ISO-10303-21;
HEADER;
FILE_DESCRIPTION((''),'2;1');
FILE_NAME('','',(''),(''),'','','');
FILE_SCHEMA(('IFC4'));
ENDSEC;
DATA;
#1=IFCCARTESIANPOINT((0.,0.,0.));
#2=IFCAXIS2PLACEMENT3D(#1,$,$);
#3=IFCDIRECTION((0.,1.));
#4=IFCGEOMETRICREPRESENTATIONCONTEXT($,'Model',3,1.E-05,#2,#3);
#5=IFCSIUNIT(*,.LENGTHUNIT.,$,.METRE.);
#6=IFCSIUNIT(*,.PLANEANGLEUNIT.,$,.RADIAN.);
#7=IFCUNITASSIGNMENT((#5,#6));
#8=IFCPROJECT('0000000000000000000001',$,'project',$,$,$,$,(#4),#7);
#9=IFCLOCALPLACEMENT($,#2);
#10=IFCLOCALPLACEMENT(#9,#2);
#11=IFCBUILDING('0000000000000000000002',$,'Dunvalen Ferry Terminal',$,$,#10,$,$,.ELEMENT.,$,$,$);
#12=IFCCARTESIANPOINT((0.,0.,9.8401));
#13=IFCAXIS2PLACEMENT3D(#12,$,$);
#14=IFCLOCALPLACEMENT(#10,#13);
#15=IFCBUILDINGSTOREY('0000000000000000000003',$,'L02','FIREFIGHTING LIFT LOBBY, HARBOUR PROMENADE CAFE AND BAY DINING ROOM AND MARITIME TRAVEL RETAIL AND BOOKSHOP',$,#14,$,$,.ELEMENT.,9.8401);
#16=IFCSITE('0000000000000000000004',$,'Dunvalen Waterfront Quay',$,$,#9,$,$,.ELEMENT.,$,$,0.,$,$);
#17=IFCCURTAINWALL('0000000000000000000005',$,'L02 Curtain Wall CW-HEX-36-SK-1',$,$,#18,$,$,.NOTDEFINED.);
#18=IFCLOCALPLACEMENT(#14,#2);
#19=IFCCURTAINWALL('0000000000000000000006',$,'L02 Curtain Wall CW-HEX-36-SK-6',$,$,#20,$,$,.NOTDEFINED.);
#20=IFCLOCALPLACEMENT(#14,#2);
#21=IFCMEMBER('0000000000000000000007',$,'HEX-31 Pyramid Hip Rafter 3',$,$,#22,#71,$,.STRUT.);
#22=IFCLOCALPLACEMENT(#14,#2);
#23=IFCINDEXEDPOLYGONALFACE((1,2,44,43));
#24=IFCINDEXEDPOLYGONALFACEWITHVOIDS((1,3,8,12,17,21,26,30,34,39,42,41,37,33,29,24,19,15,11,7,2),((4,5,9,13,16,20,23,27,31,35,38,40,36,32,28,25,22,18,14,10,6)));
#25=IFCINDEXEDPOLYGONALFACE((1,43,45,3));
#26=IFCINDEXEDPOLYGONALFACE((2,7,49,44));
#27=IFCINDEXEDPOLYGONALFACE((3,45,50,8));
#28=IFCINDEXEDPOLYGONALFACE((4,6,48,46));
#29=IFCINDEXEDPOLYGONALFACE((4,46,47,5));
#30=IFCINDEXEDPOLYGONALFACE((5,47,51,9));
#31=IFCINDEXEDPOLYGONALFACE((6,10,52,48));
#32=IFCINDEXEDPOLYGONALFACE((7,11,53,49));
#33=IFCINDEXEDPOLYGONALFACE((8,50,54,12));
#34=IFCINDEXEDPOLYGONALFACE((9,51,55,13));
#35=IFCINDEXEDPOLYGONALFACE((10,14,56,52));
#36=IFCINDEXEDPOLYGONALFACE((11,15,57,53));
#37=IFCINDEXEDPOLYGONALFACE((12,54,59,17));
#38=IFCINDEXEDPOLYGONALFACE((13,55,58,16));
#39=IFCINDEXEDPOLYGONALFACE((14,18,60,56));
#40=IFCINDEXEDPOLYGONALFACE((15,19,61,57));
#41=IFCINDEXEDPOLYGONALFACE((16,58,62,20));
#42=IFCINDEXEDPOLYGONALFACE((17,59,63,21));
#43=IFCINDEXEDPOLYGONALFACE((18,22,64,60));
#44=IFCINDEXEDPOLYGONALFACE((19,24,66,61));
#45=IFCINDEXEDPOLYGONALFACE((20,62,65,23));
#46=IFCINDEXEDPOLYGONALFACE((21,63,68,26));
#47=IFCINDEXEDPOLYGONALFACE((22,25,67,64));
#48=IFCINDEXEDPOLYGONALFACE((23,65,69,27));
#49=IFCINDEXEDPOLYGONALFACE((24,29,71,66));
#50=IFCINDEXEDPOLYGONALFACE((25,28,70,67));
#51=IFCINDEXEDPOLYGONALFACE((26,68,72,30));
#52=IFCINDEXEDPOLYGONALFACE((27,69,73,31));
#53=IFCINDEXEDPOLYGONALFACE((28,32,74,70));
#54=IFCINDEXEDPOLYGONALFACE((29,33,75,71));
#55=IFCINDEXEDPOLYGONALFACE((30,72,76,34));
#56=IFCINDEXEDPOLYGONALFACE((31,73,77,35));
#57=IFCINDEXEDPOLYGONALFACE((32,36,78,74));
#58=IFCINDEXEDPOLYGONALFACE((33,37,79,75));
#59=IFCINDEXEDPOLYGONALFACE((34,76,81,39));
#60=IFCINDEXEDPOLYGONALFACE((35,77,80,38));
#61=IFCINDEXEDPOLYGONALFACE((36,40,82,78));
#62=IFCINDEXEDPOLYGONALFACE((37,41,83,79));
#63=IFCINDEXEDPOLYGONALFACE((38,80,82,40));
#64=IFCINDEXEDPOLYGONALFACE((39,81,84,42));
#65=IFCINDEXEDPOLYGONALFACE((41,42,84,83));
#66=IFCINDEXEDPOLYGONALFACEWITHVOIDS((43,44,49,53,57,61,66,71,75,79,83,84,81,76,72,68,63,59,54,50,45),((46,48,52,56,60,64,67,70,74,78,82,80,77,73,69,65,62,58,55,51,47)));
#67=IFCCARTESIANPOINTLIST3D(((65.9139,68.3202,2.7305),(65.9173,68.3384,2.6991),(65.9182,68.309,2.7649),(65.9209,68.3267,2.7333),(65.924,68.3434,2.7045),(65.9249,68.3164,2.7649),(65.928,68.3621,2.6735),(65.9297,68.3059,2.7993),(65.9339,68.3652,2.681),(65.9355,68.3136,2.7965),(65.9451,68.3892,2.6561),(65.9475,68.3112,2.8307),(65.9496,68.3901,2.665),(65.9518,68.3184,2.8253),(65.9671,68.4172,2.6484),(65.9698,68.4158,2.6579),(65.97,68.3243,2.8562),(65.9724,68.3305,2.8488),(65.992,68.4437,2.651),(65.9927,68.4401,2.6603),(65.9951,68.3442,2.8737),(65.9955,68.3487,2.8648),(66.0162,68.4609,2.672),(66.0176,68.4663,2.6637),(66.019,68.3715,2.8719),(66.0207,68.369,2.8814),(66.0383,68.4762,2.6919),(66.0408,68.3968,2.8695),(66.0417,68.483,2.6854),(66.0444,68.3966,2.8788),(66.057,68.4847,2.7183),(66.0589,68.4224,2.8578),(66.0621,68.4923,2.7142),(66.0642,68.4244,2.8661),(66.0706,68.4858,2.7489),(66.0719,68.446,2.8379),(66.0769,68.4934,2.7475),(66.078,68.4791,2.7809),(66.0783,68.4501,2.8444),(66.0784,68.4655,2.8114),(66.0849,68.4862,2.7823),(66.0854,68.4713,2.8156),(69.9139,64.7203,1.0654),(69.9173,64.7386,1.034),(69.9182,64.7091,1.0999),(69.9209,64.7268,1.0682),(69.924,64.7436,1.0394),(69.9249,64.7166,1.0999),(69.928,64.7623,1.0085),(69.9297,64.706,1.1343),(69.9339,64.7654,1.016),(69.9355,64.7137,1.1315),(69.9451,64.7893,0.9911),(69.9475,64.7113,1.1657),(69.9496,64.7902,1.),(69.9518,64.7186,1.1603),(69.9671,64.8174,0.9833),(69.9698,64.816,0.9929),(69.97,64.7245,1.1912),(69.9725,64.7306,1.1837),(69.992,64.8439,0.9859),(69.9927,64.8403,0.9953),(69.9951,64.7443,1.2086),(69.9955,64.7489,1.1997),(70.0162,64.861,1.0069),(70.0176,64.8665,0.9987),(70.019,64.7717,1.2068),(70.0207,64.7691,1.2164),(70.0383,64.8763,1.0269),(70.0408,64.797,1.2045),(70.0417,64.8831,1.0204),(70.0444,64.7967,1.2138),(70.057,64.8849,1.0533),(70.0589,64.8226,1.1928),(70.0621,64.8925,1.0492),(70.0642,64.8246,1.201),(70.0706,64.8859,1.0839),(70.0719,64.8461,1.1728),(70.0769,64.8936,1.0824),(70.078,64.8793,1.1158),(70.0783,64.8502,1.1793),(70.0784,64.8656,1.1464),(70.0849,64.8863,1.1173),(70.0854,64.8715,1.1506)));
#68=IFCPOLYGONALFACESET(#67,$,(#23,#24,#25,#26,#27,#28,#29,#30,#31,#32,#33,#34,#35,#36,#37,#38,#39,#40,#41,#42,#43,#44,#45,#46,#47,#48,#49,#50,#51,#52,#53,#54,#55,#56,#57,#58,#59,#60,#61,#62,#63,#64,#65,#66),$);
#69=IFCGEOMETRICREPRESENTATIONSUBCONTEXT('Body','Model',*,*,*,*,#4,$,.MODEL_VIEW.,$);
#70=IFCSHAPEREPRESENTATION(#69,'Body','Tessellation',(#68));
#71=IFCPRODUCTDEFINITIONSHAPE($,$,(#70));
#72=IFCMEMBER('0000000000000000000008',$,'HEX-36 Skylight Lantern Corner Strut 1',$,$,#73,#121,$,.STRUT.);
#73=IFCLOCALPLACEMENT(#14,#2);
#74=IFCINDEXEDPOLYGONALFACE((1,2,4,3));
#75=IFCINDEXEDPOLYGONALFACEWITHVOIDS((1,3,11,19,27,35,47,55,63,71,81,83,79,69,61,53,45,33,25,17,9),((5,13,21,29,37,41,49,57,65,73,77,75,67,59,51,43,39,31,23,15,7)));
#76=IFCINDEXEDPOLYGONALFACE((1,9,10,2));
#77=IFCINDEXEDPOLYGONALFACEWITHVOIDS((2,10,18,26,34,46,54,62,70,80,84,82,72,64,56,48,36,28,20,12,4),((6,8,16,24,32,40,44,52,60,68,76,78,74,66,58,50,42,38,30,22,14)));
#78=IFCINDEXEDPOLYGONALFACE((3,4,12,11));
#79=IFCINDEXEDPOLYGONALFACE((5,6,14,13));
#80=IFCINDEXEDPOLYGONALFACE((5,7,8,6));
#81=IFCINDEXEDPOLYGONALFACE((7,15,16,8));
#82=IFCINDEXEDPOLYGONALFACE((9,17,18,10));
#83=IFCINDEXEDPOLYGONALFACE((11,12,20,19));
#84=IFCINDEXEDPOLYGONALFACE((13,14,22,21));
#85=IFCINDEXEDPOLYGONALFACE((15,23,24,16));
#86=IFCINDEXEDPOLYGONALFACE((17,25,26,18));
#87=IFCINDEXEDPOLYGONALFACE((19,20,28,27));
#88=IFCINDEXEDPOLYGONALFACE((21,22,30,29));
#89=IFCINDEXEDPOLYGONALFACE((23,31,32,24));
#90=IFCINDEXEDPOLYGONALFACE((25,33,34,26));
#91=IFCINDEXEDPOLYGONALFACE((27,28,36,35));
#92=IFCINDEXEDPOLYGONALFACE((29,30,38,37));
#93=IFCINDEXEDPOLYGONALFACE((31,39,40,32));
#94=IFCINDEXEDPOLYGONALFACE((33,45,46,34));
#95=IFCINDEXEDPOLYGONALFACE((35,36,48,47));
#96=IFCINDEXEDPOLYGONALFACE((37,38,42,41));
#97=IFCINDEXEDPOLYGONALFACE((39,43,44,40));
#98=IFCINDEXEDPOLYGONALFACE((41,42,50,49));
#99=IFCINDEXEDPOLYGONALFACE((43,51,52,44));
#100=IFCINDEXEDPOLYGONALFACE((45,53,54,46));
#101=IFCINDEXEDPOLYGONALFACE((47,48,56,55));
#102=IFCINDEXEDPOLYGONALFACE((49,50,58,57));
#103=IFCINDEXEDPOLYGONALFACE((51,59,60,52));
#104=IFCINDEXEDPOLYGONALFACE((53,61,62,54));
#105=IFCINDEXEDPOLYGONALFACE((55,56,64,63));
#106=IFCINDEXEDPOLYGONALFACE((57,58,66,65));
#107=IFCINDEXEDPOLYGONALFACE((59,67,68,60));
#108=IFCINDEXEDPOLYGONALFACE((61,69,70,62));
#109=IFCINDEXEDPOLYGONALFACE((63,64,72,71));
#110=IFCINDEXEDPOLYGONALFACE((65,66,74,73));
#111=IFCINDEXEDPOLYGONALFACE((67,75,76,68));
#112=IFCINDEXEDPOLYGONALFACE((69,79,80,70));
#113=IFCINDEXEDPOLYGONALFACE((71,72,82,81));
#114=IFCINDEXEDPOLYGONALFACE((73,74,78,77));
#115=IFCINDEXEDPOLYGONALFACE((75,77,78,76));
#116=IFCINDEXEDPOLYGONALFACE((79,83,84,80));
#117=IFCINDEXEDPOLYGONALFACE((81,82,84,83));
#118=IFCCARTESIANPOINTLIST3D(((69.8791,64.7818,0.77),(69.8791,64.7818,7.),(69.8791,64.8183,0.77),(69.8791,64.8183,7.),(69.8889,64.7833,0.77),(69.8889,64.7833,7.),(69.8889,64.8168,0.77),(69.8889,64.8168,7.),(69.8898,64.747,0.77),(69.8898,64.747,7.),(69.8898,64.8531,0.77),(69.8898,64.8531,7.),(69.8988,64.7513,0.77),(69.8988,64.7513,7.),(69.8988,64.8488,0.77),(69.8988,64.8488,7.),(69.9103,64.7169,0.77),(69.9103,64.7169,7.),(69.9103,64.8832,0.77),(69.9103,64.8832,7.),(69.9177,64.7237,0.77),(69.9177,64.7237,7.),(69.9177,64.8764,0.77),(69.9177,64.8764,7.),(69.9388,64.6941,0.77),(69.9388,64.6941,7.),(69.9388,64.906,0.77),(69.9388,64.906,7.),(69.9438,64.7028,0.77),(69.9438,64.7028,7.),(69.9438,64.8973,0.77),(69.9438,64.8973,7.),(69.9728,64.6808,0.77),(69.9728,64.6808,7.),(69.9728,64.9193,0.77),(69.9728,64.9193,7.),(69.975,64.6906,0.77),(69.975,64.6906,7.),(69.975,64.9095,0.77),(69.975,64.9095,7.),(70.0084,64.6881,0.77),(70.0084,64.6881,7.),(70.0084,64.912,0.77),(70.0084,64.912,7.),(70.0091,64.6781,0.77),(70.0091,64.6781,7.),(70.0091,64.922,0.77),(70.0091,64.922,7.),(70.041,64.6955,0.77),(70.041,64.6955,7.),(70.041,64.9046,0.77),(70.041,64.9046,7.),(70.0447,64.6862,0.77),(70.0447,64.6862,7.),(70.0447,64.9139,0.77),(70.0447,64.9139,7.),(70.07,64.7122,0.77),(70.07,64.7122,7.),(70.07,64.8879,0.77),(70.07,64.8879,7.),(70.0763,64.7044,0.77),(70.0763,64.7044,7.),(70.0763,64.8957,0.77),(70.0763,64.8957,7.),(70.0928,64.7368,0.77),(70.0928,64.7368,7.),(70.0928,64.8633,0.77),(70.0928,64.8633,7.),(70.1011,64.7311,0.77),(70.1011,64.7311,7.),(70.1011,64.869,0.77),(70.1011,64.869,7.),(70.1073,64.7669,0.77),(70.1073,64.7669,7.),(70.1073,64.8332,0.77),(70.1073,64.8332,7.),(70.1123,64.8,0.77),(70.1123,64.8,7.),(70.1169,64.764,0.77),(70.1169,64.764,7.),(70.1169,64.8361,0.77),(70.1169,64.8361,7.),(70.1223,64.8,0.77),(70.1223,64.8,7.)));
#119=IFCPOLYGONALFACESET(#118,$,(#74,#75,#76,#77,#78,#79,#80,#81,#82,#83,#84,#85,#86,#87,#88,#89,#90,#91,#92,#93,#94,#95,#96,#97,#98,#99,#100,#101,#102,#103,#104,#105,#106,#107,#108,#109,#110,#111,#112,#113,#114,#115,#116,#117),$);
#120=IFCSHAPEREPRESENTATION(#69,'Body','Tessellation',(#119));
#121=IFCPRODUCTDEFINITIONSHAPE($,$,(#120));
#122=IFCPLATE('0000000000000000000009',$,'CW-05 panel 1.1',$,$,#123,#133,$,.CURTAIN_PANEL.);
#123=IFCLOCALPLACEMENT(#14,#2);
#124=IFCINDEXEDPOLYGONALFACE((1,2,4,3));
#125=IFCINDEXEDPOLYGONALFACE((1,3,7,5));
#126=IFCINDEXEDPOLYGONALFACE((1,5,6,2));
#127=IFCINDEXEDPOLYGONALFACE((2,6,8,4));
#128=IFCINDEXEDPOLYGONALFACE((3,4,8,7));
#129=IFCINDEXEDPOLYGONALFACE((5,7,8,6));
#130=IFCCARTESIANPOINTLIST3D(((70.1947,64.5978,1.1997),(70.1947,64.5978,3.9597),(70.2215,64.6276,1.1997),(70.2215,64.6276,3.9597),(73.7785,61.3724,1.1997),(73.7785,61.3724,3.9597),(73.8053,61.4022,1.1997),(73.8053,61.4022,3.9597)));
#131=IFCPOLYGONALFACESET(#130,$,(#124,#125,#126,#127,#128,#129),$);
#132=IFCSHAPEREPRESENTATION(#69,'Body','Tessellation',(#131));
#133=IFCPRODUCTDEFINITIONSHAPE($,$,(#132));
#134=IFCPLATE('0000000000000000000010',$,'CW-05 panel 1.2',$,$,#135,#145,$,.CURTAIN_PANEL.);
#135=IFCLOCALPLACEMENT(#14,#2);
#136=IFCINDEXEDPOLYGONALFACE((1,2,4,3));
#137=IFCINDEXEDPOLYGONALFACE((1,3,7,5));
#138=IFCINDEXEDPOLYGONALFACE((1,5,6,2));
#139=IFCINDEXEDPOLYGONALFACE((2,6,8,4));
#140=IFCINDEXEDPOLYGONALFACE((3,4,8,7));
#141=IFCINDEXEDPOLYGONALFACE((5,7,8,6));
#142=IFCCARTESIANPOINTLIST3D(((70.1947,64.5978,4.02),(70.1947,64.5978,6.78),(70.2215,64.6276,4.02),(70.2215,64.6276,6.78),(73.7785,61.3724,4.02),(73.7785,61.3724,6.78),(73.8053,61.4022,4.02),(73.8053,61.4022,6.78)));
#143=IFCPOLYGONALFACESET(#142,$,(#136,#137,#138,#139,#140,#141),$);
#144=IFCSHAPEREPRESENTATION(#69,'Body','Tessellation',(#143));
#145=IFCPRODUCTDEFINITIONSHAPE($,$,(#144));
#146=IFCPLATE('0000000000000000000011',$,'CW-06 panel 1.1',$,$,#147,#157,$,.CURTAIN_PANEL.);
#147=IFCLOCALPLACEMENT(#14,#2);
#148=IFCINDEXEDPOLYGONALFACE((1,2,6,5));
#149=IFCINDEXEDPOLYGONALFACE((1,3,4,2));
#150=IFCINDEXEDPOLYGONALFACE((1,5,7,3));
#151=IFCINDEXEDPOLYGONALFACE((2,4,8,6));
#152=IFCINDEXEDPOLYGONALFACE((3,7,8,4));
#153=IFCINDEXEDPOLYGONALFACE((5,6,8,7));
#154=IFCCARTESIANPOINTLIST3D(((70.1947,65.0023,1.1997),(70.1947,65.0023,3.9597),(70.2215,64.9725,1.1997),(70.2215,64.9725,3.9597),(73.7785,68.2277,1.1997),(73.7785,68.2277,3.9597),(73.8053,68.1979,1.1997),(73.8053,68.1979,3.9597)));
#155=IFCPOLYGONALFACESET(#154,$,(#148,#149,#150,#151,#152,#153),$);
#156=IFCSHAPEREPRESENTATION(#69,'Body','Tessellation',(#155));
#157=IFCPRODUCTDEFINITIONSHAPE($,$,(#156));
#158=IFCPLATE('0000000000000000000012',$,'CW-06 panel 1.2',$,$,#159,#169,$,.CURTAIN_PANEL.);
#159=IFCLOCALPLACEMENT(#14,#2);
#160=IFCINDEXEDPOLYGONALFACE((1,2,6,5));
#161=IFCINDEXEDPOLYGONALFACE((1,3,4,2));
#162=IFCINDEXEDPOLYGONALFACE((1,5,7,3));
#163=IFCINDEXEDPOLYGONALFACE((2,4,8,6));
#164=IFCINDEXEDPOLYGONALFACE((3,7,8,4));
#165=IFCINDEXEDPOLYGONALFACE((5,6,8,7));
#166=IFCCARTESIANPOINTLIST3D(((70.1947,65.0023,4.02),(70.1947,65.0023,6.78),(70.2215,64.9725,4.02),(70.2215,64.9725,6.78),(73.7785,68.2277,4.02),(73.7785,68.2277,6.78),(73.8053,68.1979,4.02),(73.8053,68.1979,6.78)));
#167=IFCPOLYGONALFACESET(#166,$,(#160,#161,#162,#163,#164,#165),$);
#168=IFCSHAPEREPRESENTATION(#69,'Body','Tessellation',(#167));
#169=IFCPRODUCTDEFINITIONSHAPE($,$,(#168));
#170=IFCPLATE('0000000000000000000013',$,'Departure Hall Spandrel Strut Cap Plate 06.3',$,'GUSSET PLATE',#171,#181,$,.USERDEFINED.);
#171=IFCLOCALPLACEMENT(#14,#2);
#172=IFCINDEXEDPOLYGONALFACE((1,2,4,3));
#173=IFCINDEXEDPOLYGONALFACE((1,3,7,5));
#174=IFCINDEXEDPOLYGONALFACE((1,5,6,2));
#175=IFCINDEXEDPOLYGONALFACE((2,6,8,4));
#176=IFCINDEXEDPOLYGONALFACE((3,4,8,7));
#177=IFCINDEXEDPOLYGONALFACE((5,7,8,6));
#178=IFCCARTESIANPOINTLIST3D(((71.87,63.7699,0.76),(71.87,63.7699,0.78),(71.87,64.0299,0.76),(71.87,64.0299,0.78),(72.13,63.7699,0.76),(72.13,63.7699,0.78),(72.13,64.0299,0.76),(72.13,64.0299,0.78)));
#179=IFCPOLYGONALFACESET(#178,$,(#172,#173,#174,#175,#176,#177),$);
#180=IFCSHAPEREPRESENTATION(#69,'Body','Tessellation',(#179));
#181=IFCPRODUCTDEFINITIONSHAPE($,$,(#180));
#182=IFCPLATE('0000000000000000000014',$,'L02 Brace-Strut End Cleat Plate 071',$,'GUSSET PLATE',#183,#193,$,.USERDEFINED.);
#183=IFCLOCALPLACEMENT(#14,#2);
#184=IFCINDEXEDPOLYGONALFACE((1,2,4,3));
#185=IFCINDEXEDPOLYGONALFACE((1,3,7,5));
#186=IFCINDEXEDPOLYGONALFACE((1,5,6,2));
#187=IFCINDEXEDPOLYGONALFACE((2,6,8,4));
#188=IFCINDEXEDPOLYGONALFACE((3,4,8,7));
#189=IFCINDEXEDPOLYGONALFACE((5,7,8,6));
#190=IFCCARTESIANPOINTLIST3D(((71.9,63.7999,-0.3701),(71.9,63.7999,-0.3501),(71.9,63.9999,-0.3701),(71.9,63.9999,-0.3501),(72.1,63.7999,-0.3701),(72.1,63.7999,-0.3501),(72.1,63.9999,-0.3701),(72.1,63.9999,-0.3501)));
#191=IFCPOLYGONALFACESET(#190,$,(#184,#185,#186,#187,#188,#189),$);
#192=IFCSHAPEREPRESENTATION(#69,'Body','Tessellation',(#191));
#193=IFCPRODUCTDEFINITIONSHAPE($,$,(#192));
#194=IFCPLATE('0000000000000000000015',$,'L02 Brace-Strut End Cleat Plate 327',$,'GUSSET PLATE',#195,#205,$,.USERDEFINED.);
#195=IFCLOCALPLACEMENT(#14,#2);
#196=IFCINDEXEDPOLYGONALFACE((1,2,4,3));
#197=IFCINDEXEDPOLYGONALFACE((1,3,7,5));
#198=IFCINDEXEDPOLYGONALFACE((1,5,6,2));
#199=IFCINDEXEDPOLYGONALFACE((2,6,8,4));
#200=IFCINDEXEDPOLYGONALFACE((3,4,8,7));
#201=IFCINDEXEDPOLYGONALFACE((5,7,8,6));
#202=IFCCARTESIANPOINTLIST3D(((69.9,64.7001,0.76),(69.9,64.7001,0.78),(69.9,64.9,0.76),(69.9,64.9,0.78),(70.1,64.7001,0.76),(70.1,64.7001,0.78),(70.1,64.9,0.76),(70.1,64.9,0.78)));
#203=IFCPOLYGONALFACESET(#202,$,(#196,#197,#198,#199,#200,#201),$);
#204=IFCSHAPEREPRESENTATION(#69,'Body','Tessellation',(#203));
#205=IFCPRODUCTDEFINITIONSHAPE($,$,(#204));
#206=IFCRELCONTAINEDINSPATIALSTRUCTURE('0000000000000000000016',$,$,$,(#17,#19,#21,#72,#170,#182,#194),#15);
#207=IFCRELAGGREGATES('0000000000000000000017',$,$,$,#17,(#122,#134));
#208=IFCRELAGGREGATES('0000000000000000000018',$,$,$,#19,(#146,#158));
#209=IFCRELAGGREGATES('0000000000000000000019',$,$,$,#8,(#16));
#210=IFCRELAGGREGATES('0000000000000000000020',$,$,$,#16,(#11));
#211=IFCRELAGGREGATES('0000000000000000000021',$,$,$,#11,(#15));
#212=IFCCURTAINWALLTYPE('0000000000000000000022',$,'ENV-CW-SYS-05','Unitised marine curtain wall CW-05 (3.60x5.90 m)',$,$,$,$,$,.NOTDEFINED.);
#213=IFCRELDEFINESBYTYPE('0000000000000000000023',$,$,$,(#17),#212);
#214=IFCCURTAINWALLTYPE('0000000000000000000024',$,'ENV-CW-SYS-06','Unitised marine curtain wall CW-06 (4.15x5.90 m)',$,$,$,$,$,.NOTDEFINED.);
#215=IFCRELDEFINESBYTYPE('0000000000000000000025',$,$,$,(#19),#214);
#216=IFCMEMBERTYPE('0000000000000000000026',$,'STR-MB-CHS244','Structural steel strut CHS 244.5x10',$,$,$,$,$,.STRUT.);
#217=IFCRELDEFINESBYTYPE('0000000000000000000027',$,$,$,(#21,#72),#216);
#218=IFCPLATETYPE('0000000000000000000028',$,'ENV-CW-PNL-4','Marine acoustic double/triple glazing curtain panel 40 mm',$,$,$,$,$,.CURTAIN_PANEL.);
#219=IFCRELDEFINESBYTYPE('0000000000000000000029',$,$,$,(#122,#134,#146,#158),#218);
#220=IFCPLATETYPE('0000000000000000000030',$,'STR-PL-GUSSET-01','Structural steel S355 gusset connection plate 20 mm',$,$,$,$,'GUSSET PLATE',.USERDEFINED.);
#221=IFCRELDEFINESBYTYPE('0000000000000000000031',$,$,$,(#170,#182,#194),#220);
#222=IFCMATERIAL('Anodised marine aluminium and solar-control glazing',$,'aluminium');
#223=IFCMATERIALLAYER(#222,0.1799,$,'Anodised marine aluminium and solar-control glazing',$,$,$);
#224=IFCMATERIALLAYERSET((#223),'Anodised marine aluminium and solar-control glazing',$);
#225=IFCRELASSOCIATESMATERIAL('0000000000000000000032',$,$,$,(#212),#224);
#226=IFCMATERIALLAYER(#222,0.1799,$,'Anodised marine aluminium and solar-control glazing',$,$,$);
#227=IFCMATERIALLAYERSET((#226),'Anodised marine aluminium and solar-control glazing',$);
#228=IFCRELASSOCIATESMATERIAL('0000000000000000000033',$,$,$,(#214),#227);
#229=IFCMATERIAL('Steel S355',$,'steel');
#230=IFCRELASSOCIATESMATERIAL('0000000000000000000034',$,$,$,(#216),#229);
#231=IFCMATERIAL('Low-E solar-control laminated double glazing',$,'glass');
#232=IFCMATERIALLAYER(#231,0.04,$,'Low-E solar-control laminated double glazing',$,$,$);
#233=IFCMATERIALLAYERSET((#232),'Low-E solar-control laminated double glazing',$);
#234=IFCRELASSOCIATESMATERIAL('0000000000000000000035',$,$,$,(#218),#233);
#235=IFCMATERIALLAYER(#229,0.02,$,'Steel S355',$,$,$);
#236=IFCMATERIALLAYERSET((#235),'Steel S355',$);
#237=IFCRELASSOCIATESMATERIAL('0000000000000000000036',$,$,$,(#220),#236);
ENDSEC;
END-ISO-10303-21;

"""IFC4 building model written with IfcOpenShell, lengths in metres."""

from ifc_helpers import new_model, si_unit, direction, frame, origin, origin_2d, place, context, subcontext, project, spatial, rectangle, hollow_circle, extrude, material, layer, layer_set, material_profile, profile_set, type_object, element, aggregate, save


model = new_model("IFC4")

# Units and contexts
model_context = context("Model", 3, precision=1e-05, world=origin(), true_north=direction((0.0, 1.0)))
body_context = subcontext(model_context, "Body", "Model", "MODEL_VIEW")
ifc_project = project(units=[si_unit("LENGTHUNIT", "METRE"), si_unit("PLANEANGLEUNIT", "RADIAN")], contexts=[model_context])

# Site, building, storey
site_placement = place(None, origin())
site = spatial("IfcSite", under=ifc_project, at=site_placement, Name="Dunvalen Waterfront Quay", CompositionType="ELEMENT", RefElevation=0.0)
building_placement = place(site_placement, origin())
building = spatial("IfcBuilding", under=site, at=building_placement, Name="Dunvalen Ferry Terminal", CompositionType="ELEMENT")
storey_placement = place(building_placement, frame((0.0, 0.0, 9.8401)))
storey = spatial("IfcBuildingStorey", under=building, at=storey_placement, Name="L02", Description="FIREFIGHTING LIFT LOBBY, HARBOUR PROMENADE CAFE AND BAY DINING ROOM AND MARITIME TRAVEL RETAIL AND BOOKSHOP", CompositionType="ELEMENT", Elevation=9.8401)

# Curtain wall
ifc_material_1 = material(Name="Anodised marine aluminium and solar-control glazing", Category="aluminium")
ifc_layer_1 = layer(ifc_material_1, 0.1799, Name="Anodised marine aluminium and solar-control glazing")
ifc_layer_set_1 = layer_set([ifc_layer_1], Name="Anodised marine aluminium and solar-control glazing")
curtain_wall_type_1 = type_object("IfcCurtainWallType", Name="ENV-CW-SYS-05", Description="Unitised marine curtain wall CW-05 (3.60x5.90 m)", PredefinedType="NOTDEFINED", material=ifc_layer_set_1)
curtain_wall_1_placement = place(storey_placement, origin())
curtain_wall_1 = element("IfcCurtainWall", 1, at=curtain_wall_1_placement, inside=storey, type_object=curtain_wall_type_1, Name="L02 Curtain Wall CW-HEX-36-SK-1", PredefinedType="NOTDEFINED")

# Curtain wall
ifc_layer_2 = layer(ifc_material_1, 0.1799, Name="Anodised marine aluminium and solar-control glazing")
ifc_layer_set_2 = layer_set([ifc_layer_2], Name="Anodised marine aluminium and solar-control glazing")
curtain_wall_type_2 = type_object("IfcCurtainWallType", Name="ENV-CW-SYS-06", Description="Unitised marine curtain wall CW-06 (4.15x5.90 m)", PredefinedType="NOTDEFINED", material=ifc_layer_set_2)
curtain_wall_2_placement = place(storey_placement, origin())
curtain_wall_2 = element("IfcCurtainWall", 2, at=curtain_wall_2_placement, inside=storey, type_object=curtain_wall_type_2, Name="L02 Curtain Wall CW-HEX-36-SK-6", PredefinedType="NOTDEFINED")

# Shared definitions
ifc_material_2 = material(Name="Steel S355", Category="steel")

# Members
ifc_material_profile_1 = material_profile(ifc_material_2, hollow_circle(Radius=0.1223, WallThickness=0.01, at=origin_2d()), Name="Steel S355")
ifc_profile_set_1 = profile_set([ifc_material_profile_1], Name="Steel S355")
member_type_1 = type_object("IfcMemberType", Name="STR-MB-CHS244", Description="Structural steel strut CHS 244.5x10", PredefinedType="STRUT", material=ifc_profile_set_1)
member_1_placement = place(storey_placement, frame((70.0, 64.8, 1.0999), z_axis=(-0.710094, 0.639059, 0.295584), x_axis=(-0.66895, -0.743308, 0.0)))
element("IfcMember", 3, at=member_1_placement, inside=storey, type_object=member_type_1, Name="HEX-31 Pyramid Hip Rafter 3", PredefinedType="STRUT", context=body_context, shape_type="SweptSolid", body=[
    extrude(hollow_circle(Radius=0.1223, WallThickness=0.01, at=origin_2d()), origin(), (0.0, 0.0, 1.0), 5.6331),
])
member_2_placement = place(storey_placement, frame((70.0, 64.8, 0.77), z_axis=(0.0, 0.0, 1.0), x_axis=(1.0, 0.0, 0.0)))
element("IfcMember", 4, at=member_2_placement, inside=storey, type_object=member_type_1, Name="HEX-36 Skylight Lantern Corner Strut 1", PredefinedType="STRUT", context=body_context, shape_type="SweptSolid", body=[
    extrude(hollow_circle(Radius=0.1223, WallThickness=0.01, at=origin_2d()), origin(), (0.0, 0.0, 1.0), 6.23),
])

# Plates
ifc_material_3 = material(Name="Low-E solar-control laminated double glazing", Category="glass")
ifc_layer_3 = layer(ifc_material_3, 0.04, Name="Low-E solar-control laminated double glazing")
ifc_layer_set_3 = layer_set([ifc_layer_3], Name="Low-E solar-control laminated double glazing")
plate_type_1 = type_object("IfcPlateType", Name="ENV-CW-PNL-4", Description="Marine acoustic double/triple glazing curtain panel 40 mm", PredefinedType="CURTAIN_PANEL", material=ifc_layer_set_3)
plate_1_placement = place(storey_placement, frame((72.0, 63.0, 1.1997), z_axis=(0.0, 0.0, 1.0), x_axis=(0.743304, -0.668954, 0.0)))
plate_1 = element("IfcPlate", 5, at=plate_1_placement, type_object=plate_type_1, Name="CW-05 panel 1.1", PredefinedType="CURTAIN_PANEL", context=body_context, shape_type="SweptSolid", body=[
    extrude(rectangle(XDim=4.8215, YDim=0.04, at=origin_2d()), origin(), (0.0, 0.0, 1.0), 2.76),
])
plate_2_placement = place(storey_placement, frame((72.0, 63.0, 4.02), z_axis=(0.0, 0.0, 1.0), x_axis=(0.743304, -0.668954, 0.0)))
plate_2 = element("IfcPlate", 6, at=plate_2_placement, type_object=plate_type_1, Name="CW-05 panel 1.2", PredefinedType="CURTAIN_PANEL", context=body_context, shape_type="SweptSolid", body=[
    extrude(rectangle(XDim=4.8215, YDim=0.04, at=origin_2d()), origin(), (0.0, 0.0, 1.0), 2.76),
])
aggregate(curtain_wall_1, [plate_1, plate_2])
plate_3_placement = place(storey_placement, frame((72.0, 66.6001, 1.1997), z_axis=(0.0, 0.0, 1.0), x_axis=(-0.743304, -0.668954, 0.0)))
plate_3 = element("IfcPlate", 7, at=plate_3_placement, type_object=plate_type_1, Name="CW-06 panel 1.1", PredefinedType="CURTAIN_PANEL", context=body_context, shape_type="SweptSolid", body=[
    extrude(rectangle(XDim=4.8215, YDim=0.04, at=origin_2d()), origin(), (0.0, 0.0, 1.0), 2.76),
])
plate_4_placement = place(storey_placement, frame((72.0, 66.6001, 4.02), z_axis=(0.0, 0.0, 1.0), x_axis=(-0.743304, -0.668954, 0.0)))
plate_4 = element("IfcPlate", 8, at=plate_4_placement, type_object=plate_type_1, Name="CW-06 panel 1.2", PredefinedType="CURTAIN_PANEL", context=body_context, shape_type="SweptSolid", body=[
    extrude(rectangle(XDim=4.8215, YDim=0.04, at=origin_2d()), origin(), (0.0, 0.0, 1.0), 2.76),
])
aggregate(curtain_wall_2, [plate_3, plate_4])

# Plates
ifc_layer_4 = layer(ifc_material_2, 0.02, Name="Steel S355")
ifc_layer_set_4 = layer_set([ifc_layer_4], Name="Steel S355")
plate_type_2 = type_object("IfcPlateType", Name="STR-PL-GUSSET-01", Description="Structural steel S355 gusset connection plate 20 mm", ElementType="GUSSET PLATE", PredefinedType="USERDEFINED", material=ifc_layer_set_4)
plate_5_placement = place(storey_placement, frame((72.0, 63.8999, 0.76), z_axis=(0.0, 0.0, 1.0), x_axis=(1.0, 0.0, 0.0)))
element("IfcPlate", 9, at=plate_5_placement, inside=storey, type_object=plate_type_2, Name="Departure Hall Spandrel Strut Cap Plate 06.3", ObjectType="GUSSET PLATE", PredefinedType="USERDEFINED", context=body_context, shape_type="SweptSolid", body=[
    extrude(rectangle(XDim=0.26, YDim=0.26, at=origin_2d()), origin(), (0.0, 0.0, 1.0), 0.02),
])
for number, where, z_axis, x_axis, name in (
    (10, (72.0, 63.8999, -0.3701), (0.0, 0.0, 1.0), (1.0, 0.0, 0.0), "L02 Brace-Strut End Cleat Plate 071"),
    (11, (70.0, 64.8, 0.76), (0.0, 0.0, 1.0), (1.0, 0.0, 0.0), "L02 Brace-Strut End Cleat Plate 327"),
):
    element("IfcPlate", number, at=place(storey_placement, frame(where, z_axis=z_axis, x_axis=x_axis)), inside=storey, type_object=plate_type_2, Name=name, ObjectType="GUSSET PLATE", PredefinedType="USERDEFINED", context=body_context, shape_type="SweptSolid", body=[
        extrude(rectangle(XDim=0.2, YDim=0.2, at=origin_2d()), origin(), (0.0, 0.0, 1.0), 0.02),
    ])

save(model, "model.ifc")
